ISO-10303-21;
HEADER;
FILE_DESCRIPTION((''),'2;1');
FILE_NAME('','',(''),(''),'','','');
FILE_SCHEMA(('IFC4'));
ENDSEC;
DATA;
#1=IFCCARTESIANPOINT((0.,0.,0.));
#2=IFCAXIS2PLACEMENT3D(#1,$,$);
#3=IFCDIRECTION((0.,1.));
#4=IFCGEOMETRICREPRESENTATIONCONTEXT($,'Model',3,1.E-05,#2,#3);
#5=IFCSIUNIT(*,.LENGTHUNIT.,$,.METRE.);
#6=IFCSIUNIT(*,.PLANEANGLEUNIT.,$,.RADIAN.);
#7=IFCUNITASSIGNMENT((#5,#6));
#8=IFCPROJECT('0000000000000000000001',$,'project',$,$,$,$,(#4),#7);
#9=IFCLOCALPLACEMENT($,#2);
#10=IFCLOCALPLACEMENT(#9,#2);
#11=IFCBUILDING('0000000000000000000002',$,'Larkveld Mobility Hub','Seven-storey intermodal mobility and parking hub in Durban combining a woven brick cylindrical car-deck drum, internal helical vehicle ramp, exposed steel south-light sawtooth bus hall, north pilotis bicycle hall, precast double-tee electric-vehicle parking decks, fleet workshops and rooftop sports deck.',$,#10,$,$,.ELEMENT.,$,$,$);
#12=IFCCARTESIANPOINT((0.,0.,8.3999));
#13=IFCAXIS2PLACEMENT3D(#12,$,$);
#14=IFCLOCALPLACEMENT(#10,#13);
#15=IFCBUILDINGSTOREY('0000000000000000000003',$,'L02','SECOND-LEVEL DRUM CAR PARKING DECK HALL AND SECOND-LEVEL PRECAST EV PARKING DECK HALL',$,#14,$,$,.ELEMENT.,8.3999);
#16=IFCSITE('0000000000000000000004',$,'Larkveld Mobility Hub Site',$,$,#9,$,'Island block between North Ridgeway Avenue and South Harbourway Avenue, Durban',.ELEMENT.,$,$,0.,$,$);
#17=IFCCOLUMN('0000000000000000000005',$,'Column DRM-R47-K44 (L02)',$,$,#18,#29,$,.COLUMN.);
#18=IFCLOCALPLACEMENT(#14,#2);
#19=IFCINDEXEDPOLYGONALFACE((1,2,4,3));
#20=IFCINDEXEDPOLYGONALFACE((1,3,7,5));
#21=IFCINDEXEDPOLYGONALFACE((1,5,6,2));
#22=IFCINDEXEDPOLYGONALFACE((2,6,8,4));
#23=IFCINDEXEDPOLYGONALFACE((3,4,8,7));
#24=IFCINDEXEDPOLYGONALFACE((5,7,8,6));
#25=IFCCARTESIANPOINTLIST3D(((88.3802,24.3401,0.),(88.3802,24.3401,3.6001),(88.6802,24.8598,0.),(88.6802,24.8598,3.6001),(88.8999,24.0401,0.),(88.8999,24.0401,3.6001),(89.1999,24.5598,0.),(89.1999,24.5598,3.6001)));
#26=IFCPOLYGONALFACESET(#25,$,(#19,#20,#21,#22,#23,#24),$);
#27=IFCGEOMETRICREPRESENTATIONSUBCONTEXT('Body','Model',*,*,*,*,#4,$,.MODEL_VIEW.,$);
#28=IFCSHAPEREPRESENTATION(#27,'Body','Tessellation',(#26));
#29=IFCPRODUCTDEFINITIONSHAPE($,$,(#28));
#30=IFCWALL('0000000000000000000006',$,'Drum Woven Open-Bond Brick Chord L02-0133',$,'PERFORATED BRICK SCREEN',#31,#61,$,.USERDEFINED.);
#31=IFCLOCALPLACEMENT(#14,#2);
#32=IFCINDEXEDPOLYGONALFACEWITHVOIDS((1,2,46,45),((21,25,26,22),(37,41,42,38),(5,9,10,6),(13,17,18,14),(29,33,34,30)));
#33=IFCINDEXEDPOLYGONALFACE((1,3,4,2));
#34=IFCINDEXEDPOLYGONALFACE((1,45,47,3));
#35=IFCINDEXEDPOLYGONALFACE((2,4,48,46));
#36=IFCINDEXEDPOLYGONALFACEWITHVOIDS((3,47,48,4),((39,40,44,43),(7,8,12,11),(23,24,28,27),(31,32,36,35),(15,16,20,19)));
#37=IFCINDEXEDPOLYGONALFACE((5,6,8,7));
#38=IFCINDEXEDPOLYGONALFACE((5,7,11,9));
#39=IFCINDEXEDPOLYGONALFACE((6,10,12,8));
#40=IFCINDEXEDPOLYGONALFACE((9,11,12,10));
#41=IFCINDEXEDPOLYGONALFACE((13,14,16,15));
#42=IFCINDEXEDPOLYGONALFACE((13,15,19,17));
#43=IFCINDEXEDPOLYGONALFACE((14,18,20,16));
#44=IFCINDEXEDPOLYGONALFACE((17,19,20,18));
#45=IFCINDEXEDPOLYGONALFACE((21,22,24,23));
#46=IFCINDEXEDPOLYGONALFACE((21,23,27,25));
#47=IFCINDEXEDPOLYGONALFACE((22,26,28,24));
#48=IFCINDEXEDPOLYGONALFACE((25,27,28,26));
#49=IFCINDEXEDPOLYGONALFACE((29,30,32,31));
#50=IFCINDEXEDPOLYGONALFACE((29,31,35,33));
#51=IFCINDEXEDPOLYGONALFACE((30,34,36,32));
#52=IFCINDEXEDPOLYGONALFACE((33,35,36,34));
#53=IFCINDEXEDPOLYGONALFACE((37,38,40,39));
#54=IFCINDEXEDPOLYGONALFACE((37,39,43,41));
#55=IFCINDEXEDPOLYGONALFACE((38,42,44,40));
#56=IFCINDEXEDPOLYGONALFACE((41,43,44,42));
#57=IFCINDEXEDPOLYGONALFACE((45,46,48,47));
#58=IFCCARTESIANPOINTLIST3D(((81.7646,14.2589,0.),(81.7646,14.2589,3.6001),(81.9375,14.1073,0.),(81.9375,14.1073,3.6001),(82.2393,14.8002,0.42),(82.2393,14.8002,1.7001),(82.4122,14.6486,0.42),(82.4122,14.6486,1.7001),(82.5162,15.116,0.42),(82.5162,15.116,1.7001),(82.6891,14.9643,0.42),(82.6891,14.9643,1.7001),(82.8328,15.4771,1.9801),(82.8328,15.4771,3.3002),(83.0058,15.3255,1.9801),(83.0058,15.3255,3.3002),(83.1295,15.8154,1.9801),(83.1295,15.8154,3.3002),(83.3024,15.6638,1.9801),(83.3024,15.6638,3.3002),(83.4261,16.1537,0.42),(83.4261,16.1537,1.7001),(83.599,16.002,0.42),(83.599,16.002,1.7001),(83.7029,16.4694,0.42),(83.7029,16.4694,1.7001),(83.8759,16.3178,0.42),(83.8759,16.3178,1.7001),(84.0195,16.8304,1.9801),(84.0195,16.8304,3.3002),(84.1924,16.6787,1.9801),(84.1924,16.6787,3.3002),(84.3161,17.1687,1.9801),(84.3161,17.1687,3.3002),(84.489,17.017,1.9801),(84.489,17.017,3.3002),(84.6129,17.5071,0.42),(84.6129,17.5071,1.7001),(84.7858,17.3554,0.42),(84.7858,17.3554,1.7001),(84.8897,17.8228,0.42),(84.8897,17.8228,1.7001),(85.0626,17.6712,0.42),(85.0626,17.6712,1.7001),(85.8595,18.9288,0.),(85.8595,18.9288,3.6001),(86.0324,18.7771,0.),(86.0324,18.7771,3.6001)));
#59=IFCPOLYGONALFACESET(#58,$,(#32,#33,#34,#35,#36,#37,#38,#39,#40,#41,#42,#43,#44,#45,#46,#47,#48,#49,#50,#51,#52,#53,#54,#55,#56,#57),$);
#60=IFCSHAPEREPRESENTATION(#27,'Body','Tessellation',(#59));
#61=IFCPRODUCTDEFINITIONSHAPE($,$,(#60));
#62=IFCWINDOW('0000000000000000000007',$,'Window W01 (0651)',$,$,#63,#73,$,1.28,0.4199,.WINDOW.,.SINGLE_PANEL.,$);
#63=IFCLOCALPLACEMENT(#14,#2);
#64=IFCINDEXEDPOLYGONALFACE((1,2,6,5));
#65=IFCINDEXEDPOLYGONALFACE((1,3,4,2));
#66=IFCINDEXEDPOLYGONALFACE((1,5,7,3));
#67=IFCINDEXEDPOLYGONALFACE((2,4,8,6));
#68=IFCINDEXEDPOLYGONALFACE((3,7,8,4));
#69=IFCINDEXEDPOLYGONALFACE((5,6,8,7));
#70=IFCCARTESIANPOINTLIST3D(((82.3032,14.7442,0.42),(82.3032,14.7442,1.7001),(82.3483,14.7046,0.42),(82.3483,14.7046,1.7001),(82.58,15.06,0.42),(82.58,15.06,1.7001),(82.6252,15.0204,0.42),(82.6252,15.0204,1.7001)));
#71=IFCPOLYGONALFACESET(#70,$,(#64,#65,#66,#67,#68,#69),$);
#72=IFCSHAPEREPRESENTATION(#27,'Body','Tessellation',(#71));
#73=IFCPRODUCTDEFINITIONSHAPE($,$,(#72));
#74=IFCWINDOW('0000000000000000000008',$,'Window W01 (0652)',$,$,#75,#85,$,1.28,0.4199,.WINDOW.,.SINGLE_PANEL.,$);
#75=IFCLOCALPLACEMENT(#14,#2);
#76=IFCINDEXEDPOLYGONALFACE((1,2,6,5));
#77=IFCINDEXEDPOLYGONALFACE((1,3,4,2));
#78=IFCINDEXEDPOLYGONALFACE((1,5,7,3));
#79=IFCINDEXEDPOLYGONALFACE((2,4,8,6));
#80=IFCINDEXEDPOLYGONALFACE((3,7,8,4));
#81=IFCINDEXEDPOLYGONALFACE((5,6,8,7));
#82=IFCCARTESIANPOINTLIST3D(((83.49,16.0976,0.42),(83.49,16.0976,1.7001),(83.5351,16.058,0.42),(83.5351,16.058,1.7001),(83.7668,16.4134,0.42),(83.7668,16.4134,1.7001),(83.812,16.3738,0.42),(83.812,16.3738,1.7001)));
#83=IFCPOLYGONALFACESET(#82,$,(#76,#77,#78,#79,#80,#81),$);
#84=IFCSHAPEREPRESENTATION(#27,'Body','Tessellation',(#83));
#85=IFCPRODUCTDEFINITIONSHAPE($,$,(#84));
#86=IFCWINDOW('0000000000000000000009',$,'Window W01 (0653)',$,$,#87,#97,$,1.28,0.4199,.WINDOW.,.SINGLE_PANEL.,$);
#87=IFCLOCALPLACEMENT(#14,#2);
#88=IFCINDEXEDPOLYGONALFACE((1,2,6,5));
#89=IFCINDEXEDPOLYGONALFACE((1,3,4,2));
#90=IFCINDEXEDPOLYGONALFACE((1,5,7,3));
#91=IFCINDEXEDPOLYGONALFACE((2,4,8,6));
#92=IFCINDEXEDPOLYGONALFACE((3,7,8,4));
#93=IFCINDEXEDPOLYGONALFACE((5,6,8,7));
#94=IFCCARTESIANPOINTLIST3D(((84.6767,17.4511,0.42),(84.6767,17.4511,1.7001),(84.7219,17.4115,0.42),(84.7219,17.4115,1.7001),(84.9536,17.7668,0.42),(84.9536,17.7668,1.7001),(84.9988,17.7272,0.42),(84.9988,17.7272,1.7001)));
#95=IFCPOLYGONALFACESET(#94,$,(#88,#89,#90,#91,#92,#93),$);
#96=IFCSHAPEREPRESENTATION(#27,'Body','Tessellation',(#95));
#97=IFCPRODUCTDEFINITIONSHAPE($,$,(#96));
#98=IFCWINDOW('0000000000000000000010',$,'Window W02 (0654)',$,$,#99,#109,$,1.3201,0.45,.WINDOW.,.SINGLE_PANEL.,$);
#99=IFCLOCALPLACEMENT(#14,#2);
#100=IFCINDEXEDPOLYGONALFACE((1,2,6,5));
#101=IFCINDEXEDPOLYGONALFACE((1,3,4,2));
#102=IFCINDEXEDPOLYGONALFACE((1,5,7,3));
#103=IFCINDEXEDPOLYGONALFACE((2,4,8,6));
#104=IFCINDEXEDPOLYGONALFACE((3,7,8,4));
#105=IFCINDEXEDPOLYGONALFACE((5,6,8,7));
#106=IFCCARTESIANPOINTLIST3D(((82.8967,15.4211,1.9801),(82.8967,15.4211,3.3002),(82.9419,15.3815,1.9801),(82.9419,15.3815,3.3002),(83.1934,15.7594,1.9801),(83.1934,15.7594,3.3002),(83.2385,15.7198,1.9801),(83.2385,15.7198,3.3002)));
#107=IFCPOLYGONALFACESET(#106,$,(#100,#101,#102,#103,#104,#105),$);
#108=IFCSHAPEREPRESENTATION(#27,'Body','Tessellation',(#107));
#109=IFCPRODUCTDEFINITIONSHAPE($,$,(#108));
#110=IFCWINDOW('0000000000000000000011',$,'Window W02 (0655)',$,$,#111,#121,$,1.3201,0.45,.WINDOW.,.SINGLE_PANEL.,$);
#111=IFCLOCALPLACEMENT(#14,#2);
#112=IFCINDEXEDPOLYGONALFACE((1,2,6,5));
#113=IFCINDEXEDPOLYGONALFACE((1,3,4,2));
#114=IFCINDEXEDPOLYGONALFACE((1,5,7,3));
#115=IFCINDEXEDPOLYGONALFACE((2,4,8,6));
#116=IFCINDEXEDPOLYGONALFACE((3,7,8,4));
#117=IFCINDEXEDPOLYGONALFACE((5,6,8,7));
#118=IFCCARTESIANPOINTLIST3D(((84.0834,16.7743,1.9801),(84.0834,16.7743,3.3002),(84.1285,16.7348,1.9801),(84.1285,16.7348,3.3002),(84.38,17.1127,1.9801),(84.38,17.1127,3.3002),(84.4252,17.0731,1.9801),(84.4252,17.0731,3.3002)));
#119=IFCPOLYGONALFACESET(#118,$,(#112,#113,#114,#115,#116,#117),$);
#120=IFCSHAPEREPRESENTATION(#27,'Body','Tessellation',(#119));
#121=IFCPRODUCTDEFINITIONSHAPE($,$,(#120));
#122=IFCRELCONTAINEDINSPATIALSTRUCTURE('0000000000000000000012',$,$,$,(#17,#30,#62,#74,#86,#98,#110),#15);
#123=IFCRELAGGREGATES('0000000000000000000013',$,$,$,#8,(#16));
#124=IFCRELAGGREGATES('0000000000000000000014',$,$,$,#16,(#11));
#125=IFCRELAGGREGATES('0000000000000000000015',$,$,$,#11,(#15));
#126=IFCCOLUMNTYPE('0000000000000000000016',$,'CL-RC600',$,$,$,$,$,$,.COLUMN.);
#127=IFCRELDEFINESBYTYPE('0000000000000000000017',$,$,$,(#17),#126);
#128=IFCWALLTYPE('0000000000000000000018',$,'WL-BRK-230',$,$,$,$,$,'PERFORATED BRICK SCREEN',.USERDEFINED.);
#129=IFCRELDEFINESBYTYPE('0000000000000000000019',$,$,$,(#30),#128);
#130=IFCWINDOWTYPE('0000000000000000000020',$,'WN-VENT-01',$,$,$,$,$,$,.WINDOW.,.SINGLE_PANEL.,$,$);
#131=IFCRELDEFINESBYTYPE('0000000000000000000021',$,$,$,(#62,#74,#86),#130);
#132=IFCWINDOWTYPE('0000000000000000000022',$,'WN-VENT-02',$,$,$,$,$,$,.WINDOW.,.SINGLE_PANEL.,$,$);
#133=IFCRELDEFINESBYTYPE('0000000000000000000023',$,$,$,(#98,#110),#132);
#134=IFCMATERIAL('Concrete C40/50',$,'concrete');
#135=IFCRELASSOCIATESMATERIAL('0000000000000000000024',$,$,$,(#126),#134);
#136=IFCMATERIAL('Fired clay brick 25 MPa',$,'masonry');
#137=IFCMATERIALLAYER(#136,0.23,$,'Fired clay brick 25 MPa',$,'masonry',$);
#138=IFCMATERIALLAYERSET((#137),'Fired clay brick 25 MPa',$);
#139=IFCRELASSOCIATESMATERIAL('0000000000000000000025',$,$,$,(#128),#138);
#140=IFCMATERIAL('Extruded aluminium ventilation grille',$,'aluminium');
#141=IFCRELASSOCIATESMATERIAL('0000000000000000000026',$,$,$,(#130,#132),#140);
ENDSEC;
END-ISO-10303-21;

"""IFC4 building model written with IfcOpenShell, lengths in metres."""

from ifc_helpers import new_model, si_unit, direction, frame, frame_2d, origin, origin_2d, place, context, subcontext, project, spatial, rectangle, extrude, material, layer, layer_set, material_profile, profile_set, type_object, element, fill, save


model = new_model("IFC4")

# Units and contexts
model_context = context("Model", 3, precision=1e-05, world=origin(), true_north=direction((0.0, 1.0)))
body_context = subcontext(model_context, "Body", "Model", "MODEL_VIEW")
ifc_project = project(units=[si_unit("LENGTHUNIT", "METRE"), si_unit("PLANEANGLEUNIT", "RADIAN")], contexts=[model_context])

# Site, building, storey
site_placement = place(None, origin())
site = spatial("IfcSite", under=ifc_project, at=site_placement, Name="Larkveld Mobility Hub Site", LongName="Island block between North Ridgeway Avenue and South Harbourway Avenue, Durban", CompositionType="ELEMENT", RefElevation=0.0)
building_placement = place(site_placement, origin())
building = spatial("IfcBuilding", under=site, at=building_placement, Name="Larkveld Mobility Hub", Description="Seven-storey intermodal mobility and parking hub in Durban combining a woven brick cylindrical car-deck drum, internal helical vehicle ramp, exposed steel south-light sawtooth bus hall, north pilotis bicycle hall, precast double-tee electric-vehicle parking decks, fleet workshops and rooftop sports deck.", CompositionType="ELEMENT")
storey_placement = place(building_placement, frame((0.0, 0.0, 8.3999)))
storey = spatial("IfcBuildingStorey", under=building, at=storey_placement, Name="L02", Description="SECOND-LEVEL DRUM CAR PARKING DECK HALL AND SECOND-LEVEL PRECAST EV PARKING DECK HALL", CompositionType="ELEMENT", Elevation=8.3999)

# Column
ifc_material_1 = material(Name="Concrete C40/50", Category="concrete")
ifc_material_profile = material_profile(ifc_material_1, rectangle(XDim=0.6001, YDim=0.6001, at=origin_2d()), Name="RC COL 600x600")
ifc_profile_set = profile_set([ifc_material_profile], Name="Concrete C40/50")
column_type = type_object("IfcColumnType", Name="CL-RC600", PredefinedType="COLUMN", material=ifc_profile_set)
column_placement = place(storey_placement, frame((88.79, 24.45, 0.0), z_axis=(0.0, 0.0, 1.0), x_axis=(-0.866025, 0.5, 0.0)))
element("IfcColumn", 1, at=column_placement, inside=storey, type_object=column_type, Name="Column DRM-R47-K44 (L02)", PredefinedType="COLUMN", context=body_context, shape_type="SweptSolid", body=[
    extrude(rectangle(XDim=0.6001, YDim=0.6001, at=origin_2d()), origin(), (0.0, 0.0, 1.0), 3.6001),
])

# Wall, openings, windows
ifc_material_2 = material(Name="Fired clay brick 25 MPa", Category="masonry")
ifc_layer_1 = layer(ifc_material_2, 0.23, Name="Fired clay brick 25 MPa", Category="masonry")
ifc_layer_set_1 = layer_set([ifc_layer_1], Name="Fired clay brick 25 MPa")
wall_type_1 = type_object("IfcWallType", Name="WL-BRK-230", ElementType="PERFORATED BRICK SCREEN", PredefinedType="USERDEFINED", material=ifc_layer_set_1)
wall_1_placement = place(storey_placement, frame((81.8511, 14.1831, 0.0), z_axis=(0.0, 0.0, 1.0), x_axis=(0.659306, 0.751875, 0.0)))
wall_1 = element("IfcWall", 2, at=wall_1_placement, inside=storey, type_object=wall_type_1, Name="Drum Woven Open-Bond Brick Chord L02-0133", ObjectType="PERFORATED BRICK SCREEN", PredefinedType="USERDEFINED", context=body_context, shape_type="SweptSolid", body=[
    extrude(rectangle(XDim=6.2109, YDim=0.23, at=frame_2d((3.1055, 0.0))), origin(), (0.0, 0.0, 1.0), 3.6001),
])
opening_1_placement = place(wall_1_placement, frame((0.72, 0.0, 0.4199)))
opening_1 = element("IfcOpeningElement", 3, at=opening_1_placement, cuts=wall_1, PredefinedType="OPENING", context=body_context, shape_type="SweptSolid", body=[
    extrude(rectangle(XDim=0.4199, YDim=1.28, at=frame_2d((0.21, 0.6401))), frame((0.0, 0.125, 0.0), z_axis=(0.0, -1.0, 0.0), x_axis=(1.0, 0.0, 0.0)), (0.0, 0.0, 1.0), 0.25),
])
opening_2_placement = place(wall_1_placement, frame((2.52, 0.0, 0.4199)))
opening_2 = element("IfcOpeningElement", 4, at=opening_2_placement, cuts=wall_1, PredefinedType="OPENING", context=body_context, shape_type="SweptSolid", body=[
    extrude(rectangle(XDim=0.4199, YDim=1.28, at=frame_2d((0.21, 0.6401))), frame((0.0, 0.125, 0.0), z_axis=(0.0, -1.0, 0.0), x_axis=(1.0, 0.0, 0.0)), (0.0, 0.0, 1.0), 0.25),
])
opening_3_placement = place(wall_1_placement, frame((4.3201, 0.0, 0.4199)))
opening_3 = element("IfcOpeningElement", 5, at=opening_3_placement, cuts=wall_1, PredefinedType="OPENING", context=body_context, shape_type="SweptSolid", body=[
    extrude(rectangle(XDim=0.4199, YDim=1.28, at=frame_2d((0.21, 0.6401))), frame((0.0, 0.125, 0.0), z_axis=(0.0, -1.0, 0.0), x_axis=(1.0, 0.0, 0.0)), (0.0, 0.0, 1.0), 0.25),
])
opening_4_placement = place(wall_1_placement, frame((1.6201, 0.0, 1.98)))
opening_4 = element("IfcOpeningElement", 6, at=opening_4_placement, cuts=wall_1, PredefinedType="OPENING", context=body_context, shape_type="SweptSolid", body=[
    extrude(rectangle(XDim=0.45, YDim=1.3201, at=frame_2d((0.2251, 0.6602))), frame((0.0, 0.125, 0.0), z_axis=(0.0, -1.0, 0.0), x_axis=(1.0, 0.0, 0.0)), (0.0, 0.0, 1.0), 0.25),
])
opening_5_placement = place(wall_1_placement, frame((3.4199, 0.0, 1.98)))
opening_5 = element("IfcOpeningElement", 7, at=opening_5_placement, cuts=wall_1, PredefinedType="OPENING", context=body_context, shape_type="SweptSolid", body=[
    extrude(rectangle(XDim=0.45, YDim=1.3201, at=frame_2d((0.2251, 0.6602))), frame((0.0, 0.125, 0.0), z_axis=(0.0, -1.0, 0.0), x_axis=(1.0, 0.0, 0.0)), (0.0, 0.0, 1.0), 0.25),
])
ifc_material_3 = material(Name="Extruded aluminium ventilation grille", Category="aluminium")
window_type_1 = type_object("IfcWindowType", Name="WN-VENT-01", PartitioningType="SINGLE_PANEL", PredefinedType="WINDOW", material=ifc_material_3)
window_1_placement = place(opening_1_placement, origin())
window_1 = element("IfcWindow", 8, at=window_1_placement, inside=storey, type_object=window_type_1, Name="Window W01 (0651)", OverallHeight=1.28, OverallWidth=0.4199, PartitioningType="SINGLE_PANEL", PredefinedType="WINDOW", context=body_context, shape_type="SweptSolid", body=[
    extrude(rectangle(XDim=0.4199, YDim=1.28, at=frame_2d((0.21, 0.6401))), frame((0.0, 0.03, 0.0), z_axis=(0.0, -1.0, 0.0), x_axis=(1.0, 0.0, 0.0)), (0.0, 0.0, 1.0), 0.0601),
])
fill(opening_1, window_1)
window_2_placement = place(opening_2_placement, origin())
window_2 = element("IfcWindow", 9, at=window_2_placement, inside=storey, type_object=window_type_1, Name="Window W01 (0652)", OverallHeight=1.28, OverallWidth=0.4199, PartitioningType="SINGLE_PANEL", PredefinedType="WINDOW", context=body_context, shape_type="SweptSolid", body=[
    extrude(rectangle(XDim=0.4199, YDim=1.28, at=frame_2d((0.21, 0.6401))), frame((0.0, 0.03, 0.0), z_axis=(0.0, -1.0, 0.0), x_axis=(1.0, 0.0, 0.0)), (0.0, 0.0, 1.0), 0.0601),
])
fill(opening_2, window_2)
window_3_placement = place(opening_3_placement, origin())
window_3 = element("IfcWindow", 10, at=window_3_placement, inside=storey, type_object=window_type_1, Name="Window W01 (0653)", OverallHeight=1.28, OverallWidth=0.4199, PartitioningType="SINGLE_PANEL", PredefinedType="WINDOW", context=body_context, shape_type="SweptSolid", body=[
    extrude(rectangle(XDim=0.4199, YDim=1.28, at=frame_2d((0.21, 0.6401))), frame((0.0, 0.03, 0.0), z_axis=(0.0, -1.0, 0.0), x_axis=(1.0, 0.0, 0.0)), (0.0, 0.0, 1.0), 0.0601),
])
fill(opening_3, window_3)
window_type_2 = type_object("IfcWindowType", Name="WN-VENT-02", PartitioningType="SINGLE_PANEL", PredefinedType="WINDOW", material=ifc_material_3)
window_4_placement = place(opening_4_placement, origin())
window_4 = element("IfcWindow", 11, at=window_4_placement, inside=storey, type_object=window_type_2, Name="Window W02 (0654)", OverallHeight=1.3201, OverallWidth=0.45, PartitioningType="SINGLE_PANEL", PredefinedType="WINDOW", context=body_context, shape_type="SweptSolid", body=[
    extrude(rectangle(XDim=0.45, YDim=1.3201, at=frame_2d((0.2251, 0.6602))), frame((0.0, 0.03, 0.0), z_axis=(0.0, -1.0, 0.0), x_axis=(1.0, 0.0, 0.0)), (0.0, 0.0, 1.0), 0.0601),
])
fill(opening_4, window_4)
window_5_placement = place(opening_5_placement, origin())
window_5 = element("IfcWindow", 12, at=window_5_placement, inside=storey, type_object=window_type_2, Name="Window W02 (0655)", OverallHeight=1.3201, OverallWidth=0.45, PartitioningType="SINGLE_PANEL", PredefinedType="WINDOW", context=body_context, shape_type="SweptSolid", body=[
    extrude(rectangle(XDim=0.45, YDim=1.3201, at=frame_2d((0.2251, 0.6602))), frame((0.0, 0.03, 0.0), z_axis=(0.0, -1.0, 0.0), x_axis=(1.0, 0.0, 0.0)), (0.0, 0.0, 1.0), 0.0601),
])
fill(opening_5, window_5)

save(model, "model.ifc")
